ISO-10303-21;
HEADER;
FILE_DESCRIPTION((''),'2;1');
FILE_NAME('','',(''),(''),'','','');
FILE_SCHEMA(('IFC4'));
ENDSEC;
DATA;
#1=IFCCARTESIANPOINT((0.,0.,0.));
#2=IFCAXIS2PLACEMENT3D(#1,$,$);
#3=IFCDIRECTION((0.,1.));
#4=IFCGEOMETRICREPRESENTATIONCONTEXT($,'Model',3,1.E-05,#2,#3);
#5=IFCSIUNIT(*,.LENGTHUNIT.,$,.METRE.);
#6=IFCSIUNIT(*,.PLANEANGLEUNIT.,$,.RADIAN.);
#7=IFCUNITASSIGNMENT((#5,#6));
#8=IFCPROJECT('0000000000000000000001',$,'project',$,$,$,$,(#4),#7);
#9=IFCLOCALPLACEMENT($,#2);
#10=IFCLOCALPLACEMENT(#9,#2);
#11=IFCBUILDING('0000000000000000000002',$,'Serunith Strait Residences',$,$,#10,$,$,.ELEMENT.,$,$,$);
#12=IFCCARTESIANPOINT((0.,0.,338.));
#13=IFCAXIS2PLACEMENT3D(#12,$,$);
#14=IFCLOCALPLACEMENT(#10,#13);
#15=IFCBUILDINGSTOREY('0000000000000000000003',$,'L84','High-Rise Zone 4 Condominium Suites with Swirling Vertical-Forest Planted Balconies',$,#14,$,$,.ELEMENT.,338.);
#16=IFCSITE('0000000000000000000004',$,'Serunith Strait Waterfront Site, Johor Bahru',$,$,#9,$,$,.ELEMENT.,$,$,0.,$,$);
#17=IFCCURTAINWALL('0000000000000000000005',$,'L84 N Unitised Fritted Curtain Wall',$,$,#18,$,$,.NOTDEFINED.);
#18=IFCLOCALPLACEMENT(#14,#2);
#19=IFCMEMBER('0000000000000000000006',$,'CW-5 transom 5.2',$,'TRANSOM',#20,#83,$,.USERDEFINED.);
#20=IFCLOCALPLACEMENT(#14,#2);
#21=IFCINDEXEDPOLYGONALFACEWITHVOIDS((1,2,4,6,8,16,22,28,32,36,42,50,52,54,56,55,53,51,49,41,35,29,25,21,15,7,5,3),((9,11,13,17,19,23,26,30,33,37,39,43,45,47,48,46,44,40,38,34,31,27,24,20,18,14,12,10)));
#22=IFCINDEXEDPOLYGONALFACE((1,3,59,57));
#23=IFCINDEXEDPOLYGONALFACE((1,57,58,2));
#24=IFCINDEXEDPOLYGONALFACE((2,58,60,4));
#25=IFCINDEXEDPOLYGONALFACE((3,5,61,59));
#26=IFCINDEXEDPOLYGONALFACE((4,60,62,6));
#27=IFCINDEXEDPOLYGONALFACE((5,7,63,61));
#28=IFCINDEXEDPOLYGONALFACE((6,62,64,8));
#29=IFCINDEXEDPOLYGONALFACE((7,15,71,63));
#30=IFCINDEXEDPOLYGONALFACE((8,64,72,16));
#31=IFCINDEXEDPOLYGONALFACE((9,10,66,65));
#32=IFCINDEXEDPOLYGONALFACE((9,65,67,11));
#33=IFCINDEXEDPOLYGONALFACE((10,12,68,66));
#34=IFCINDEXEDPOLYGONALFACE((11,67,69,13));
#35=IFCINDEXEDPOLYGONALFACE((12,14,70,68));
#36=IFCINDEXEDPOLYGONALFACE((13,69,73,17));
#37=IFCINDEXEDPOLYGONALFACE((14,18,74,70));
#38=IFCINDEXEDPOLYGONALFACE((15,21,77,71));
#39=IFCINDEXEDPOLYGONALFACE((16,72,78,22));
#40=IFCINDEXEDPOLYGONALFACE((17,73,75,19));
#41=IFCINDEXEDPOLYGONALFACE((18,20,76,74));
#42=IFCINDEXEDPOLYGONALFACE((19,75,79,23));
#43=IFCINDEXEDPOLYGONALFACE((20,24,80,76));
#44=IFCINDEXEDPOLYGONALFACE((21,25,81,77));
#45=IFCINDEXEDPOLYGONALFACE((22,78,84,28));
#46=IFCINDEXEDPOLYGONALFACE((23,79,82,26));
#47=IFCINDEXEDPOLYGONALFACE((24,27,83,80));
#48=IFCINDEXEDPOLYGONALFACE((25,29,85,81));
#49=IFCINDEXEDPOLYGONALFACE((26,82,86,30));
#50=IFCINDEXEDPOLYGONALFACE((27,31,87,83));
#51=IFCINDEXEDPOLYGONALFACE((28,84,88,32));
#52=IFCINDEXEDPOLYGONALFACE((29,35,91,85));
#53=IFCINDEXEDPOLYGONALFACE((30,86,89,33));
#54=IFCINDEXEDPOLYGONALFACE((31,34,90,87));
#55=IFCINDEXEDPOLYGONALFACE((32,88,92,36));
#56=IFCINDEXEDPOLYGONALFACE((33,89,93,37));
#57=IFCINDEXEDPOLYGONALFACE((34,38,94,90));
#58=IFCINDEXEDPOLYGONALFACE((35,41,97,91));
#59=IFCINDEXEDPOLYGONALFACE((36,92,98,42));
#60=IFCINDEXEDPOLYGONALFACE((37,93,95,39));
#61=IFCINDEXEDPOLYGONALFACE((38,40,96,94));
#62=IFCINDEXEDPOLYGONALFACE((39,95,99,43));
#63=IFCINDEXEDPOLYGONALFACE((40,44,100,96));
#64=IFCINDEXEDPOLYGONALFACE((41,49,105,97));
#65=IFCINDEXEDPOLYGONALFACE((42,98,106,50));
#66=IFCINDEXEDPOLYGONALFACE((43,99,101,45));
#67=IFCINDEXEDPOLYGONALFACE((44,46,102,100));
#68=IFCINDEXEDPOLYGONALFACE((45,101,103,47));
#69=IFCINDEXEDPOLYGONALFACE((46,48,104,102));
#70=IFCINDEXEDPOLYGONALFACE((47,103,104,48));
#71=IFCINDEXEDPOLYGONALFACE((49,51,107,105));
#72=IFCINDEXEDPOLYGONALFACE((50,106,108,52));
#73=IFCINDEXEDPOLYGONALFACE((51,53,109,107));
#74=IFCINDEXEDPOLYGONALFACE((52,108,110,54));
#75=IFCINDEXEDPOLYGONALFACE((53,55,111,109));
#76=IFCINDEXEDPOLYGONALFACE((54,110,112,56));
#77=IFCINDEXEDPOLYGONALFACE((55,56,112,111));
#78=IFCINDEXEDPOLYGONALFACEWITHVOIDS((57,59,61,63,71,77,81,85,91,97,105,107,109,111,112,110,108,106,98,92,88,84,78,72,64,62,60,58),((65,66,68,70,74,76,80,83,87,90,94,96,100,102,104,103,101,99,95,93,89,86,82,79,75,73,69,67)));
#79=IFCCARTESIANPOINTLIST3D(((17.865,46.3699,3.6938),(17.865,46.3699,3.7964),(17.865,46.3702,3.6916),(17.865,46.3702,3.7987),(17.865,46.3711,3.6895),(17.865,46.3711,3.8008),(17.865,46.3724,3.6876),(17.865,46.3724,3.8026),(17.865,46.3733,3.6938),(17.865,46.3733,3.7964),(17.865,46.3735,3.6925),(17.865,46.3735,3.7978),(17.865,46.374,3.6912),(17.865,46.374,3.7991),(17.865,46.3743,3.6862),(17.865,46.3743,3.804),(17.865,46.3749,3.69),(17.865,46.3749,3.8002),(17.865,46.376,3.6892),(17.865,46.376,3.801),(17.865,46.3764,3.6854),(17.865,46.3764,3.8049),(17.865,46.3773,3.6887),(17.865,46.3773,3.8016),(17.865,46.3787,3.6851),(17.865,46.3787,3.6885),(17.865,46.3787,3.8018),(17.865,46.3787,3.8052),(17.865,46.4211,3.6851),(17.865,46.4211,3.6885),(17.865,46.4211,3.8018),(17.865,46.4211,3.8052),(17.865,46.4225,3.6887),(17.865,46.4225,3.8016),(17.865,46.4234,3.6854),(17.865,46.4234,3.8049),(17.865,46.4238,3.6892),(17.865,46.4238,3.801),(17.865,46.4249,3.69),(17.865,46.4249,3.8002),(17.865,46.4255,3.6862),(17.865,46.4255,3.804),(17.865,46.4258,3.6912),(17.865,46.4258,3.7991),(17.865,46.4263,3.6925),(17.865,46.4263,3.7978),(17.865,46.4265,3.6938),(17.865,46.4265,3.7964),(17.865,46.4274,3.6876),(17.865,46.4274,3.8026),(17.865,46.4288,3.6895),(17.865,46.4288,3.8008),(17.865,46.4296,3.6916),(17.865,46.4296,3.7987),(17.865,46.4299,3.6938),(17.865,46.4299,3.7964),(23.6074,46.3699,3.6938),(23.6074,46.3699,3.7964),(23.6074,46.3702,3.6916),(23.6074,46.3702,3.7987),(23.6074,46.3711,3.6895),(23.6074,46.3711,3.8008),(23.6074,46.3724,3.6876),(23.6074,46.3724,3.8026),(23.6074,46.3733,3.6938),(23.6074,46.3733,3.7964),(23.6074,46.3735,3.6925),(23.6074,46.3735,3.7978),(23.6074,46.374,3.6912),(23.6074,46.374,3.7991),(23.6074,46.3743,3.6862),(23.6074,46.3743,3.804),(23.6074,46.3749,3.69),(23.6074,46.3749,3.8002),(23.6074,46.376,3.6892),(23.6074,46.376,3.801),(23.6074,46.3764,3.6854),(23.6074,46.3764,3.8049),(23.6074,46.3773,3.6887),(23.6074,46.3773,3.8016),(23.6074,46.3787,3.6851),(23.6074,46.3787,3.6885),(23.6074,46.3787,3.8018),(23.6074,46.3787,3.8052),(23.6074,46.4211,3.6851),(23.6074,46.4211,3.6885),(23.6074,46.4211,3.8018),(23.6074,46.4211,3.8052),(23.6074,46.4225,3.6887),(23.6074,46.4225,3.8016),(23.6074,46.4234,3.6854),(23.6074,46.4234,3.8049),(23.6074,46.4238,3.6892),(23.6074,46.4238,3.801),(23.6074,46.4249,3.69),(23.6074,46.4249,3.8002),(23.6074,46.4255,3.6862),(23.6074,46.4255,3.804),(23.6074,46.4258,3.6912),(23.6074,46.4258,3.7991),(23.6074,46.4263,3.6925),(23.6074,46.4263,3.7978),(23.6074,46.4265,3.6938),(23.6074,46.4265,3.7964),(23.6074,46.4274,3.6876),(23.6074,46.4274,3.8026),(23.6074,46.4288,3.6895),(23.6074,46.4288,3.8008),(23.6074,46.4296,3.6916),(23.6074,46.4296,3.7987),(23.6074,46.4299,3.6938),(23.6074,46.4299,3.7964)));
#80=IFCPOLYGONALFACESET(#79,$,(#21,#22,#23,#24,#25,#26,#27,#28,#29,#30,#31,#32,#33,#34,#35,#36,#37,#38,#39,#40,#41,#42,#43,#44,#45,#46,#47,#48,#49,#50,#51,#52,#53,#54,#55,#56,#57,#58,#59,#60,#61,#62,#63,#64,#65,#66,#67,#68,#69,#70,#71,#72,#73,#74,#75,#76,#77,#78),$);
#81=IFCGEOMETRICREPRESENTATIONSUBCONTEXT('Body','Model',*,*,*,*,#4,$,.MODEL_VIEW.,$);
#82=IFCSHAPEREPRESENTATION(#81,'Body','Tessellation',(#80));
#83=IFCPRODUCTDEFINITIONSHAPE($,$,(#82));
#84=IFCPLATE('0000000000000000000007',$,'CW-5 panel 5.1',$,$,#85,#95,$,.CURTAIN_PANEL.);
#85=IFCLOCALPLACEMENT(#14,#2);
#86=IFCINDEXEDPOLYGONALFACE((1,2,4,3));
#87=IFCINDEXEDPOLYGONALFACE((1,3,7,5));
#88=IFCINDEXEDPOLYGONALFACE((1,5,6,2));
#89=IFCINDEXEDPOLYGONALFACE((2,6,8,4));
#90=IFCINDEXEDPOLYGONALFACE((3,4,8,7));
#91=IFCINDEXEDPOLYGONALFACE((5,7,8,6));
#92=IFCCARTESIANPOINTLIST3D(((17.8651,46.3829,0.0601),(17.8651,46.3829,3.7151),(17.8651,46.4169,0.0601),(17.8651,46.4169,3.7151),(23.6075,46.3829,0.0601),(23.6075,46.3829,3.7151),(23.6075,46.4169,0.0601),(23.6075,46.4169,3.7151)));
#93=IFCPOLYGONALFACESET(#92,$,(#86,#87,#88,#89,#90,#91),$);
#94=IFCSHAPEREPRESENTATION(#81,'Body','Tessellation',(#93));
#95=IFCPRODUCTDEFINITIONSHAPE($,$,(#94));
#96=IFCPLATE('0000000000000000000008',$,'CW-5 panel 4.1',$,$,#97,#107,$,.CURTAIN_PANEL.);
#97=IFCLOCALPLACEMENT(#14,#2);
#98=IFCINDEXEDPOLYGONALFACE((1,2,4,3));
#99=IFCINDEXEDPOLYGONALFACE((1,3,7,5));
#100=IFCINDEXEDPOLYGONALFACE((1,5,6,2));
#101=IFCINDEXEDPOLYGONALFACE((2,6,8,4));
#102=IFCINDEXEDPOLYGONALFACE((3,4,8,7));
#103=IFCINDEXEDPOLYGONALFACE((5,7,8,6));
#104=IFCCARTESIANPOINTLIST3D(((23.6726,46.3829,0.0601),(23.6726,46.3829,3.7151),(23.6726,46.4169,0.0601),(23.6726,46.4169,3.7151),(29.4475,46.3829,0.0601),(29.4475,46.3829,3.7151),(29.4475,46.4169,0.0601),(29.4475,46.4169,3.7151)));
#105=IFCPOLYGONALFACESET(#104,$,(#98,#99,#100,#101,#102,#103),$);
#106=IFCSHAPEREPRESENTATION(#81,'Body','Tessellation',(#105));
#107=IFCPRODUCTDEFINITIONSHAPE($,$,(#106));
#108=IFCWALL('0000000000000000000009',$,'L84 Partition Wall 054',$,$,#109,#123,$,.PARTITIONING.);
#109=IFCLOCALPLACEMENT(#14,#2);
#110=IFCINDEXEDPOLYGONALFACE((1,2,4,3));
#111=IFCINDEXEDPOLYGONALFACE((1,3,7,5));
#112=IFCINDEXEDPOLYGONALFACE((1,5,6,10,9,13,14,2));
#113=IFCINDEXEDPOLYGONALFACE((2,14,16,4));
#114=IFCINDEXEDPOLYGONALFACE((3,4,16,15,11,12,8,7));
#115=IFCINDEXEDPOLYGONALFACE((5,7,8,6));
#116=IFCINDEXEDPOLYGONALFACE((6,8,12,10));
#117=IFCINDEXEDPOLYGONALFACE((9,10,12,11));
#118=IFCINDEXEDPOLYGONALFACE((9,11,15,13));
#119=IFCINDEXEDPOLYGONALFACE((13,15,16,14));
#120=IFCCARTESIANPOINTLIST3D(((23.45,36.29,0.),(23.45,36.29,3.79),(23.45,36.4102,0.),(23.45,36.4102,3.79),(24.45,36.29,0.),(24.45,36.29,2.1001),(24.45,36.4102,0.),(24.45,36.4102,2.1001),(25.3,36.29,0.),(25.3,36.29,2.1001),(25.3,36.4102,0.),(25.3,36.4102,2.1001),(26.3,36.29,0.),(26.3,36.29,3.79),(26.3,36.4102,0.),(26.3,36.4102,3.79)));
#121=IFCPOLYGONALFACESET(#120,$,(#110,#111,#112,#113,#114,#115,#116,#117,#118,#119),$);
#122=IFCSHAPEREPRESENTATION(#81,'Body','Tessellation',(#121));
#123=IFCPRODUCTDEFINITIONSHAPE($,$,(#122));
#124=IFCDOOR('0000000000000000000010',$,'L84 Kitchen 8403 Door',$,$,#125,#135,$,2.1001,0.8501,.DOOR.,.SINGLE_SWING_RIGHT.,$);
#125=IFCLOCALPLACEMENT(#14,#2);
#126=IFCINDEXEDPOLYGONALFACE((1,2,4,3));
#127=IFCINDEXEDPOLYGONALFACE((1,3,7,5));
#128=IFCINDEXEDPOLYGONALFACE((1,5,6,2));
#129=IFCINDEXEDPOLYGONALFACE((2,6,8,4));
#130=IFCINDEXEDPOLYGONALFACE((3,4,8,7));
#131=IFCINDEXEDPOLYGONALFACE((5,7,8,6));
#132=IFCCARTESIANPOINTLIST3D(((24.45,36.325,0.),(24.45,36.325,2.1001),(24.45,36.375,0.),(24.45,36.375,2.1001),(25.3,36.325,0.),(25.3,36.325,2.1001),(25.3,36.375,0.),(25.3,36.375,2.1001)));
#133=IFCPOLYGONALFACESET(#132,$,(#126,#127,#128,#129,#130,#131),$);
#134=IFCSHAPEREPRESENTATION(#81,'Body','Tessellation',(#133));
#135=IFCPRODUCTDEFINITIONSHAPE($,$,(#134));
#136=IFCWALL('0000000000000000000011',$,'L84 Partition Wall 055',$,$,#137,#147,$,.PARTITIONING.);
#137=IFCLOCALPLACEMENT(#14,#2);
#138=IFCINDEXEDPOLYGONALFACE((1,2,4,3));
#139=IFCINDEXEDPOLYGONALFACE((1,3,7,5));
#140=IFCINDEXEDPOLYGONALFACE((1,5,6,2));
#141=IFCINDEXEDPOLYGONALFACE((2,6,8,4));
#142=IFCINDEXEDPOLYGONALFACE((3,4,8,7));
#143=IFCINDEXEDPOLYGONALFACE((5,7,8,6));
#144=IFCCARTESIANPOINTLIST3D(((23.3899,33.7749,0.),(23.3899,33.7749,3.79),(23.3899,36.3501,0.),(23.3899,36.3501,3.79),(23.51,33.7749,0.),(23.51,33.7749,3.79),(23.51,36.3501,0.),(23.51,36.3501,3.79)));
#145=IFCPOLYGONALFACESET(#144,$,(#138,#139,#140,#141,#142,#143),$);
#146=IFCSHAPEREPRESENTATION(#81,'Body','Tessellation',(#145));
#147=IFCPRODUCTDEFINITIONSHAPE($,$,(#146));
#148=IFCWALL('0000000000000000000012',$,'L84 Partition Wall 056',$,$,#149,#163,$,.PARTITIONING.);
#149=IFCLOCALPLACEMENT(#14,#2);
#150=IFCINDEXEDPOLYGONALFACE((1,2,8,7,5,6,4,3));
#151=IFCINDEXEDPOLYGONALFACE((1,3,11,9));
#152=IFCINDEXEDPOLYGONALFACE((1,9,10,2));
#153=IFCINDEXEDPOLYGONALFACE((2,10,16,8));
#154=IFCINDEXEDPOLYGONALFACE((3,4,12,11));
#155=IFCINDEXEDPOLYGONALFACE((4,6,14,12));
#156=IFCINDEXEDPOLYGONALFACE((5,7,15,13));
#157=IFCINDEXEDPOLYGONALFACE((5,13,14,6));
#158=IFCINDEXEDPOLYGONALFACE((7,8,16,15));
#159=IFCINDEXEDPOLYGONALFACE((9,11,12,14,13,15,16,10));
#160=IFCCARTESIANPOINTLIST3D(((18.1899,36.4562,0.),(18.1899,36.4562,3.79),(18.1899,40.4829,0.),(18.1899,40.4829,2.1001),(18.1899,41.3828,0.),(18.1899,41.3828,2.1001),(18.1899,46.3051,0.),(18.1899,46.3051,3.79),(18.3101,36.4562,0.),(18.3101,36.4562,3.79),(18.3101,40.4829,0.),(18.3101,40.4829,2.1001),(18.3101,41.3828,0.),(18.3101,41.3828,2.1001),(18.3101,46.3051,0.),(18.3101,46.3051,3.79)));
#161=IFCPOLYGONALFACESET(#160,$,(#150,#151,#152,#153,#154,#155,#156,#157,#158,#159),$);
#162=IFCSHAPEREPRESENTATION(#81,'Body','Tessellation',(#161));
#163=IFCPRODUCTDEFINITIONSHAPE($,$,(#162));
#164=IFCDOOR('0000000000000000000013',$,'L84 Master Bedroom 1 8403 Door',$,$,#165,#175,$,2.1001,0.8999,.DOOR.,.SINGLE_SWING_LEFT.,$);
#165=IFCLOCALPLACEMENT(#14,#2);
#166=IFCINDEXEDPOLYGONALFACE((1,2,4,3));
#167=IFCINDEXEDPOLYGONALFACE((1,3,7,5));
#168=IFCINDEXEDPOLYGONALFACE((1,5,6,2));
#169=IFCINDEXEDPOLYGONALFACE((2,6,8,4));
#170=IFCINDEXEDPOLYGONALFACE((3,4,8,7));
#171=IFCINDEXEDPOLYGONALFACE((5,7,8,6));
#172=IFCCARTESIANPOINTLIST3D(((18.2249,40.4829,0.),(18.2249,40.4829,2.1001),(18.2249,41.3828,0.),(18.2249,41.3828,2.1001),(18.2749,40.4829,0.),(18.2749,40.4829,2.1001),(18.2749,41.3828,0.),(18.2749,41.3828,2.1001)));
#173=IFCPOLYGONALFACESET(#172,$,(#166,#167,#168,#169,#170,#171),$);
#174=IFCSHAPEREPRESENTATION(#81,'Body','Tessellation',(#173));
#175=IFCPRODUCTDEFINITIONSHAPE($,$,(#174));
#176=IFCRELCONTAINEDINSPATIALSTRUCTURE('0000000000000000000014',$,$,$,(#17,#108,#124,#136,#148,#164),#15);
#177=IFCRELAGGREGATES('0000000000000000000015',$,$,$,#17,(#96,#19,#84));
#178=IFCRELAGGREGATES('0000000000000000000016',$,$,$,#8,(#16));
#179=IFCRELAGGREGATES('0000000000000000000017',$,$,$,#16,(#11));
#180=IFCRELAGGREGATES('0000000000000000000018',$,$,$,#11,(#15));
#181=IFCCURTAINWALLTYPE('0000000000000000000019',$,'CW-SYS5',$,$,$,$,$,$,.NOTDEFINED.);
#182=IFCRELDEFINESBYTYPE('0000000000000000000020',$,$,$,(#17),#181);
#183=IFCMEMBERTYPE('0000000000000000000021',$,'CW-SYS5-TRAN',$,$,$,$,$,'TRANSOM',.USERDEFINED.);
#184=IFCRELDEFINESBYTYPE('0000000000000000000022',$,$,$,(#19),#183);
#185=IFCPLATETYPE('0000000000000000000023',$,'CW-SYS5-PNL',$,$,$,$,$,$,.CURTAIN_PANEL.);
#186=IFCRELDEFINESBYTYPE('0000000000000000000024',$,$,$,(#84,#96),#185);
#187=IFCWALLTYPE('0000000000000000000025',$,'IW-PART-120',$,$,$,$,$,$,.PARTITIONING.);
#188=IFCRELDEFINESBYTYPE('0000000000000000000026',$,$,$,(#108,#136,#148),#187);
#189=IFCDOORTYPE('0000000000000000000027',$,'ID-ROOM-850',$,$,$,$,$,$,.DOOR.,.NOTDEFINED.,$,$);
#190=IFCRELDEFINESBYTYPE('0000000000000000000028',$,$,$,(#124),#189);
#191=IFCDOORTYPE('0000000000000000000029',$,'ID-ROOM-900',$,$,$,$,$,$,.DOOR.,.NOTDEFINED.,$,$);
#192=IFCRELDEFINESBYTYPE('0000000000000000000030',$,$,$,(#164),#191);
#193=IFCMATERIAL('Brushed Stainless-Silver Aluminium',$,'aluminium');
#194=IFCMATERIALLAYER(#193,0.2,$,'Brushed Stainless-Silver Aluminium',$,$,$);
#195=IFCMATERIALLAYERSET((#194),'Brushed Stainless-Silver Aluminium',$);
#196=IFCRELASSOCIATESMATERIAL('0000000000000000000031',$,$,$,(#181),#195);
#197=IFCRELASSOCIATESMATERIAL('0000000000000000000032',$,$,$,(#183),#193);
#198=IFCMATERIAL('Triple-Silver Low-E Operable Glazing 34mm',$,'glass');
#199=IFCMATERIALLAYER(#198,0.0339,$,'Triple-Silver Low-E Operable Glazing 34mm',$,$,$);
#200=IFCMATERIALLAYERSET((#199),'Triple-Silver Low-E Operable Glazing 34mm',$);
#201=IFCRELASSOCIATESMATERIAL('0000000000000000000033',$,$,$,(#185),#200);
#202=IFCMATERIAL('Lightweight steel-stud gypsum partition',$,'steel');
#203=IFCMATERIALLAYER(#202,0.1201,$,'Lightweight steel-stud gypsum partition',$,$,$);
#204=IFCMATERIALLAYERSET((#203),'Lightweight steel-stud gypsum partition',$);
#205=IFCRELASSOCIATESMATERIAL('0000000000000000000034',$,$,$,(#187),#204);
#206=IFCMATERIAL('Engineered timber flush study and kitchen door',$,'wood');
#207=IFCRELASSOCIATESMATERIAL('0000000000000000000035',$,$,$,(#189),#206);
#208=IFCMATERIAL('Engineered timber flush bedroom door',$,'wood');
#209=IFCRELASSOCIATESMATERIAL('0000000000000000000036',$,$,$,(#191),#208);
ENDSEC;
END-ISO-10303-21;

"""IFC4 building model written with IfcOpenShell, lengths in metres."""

from ifc_helpers import new_model, si_unit, direction, frame, frame_2d, origin, origin_2d, place, context, subcontext, project, spatial, rectangle, hollow_rectangle, extrude, source, transform, mapped, material, layer, layer_set, material_profile, profile_set, type_object, element, fill, aggregate, save


model = new_model("IFC4")

# Units and contexts
model_context = context("Model", 3, precision=1e-05, world=origin(), true_north=direction((0.0, 1.0)))
body_context = subcontext(model_context, "Body", "Model", "MODEL_VIEW")
ifc_project = project(units=[si_unit("LENGTHUNIT", "METRE"), si_unit("PLANEANGLEUNIT", "RADIAN")], contexts=[model_context])

# Site, building, storey
site_placement = place(None, origin())
site = spatial("IfcSite", under=ifc_project, at=site_placement, Name="Serunith Strait Waterfront Site, Johor Bahru", CompositionType="ELEMENT", RefElevation=0.0)
building_placement = place(site_placement, origin())
building = spatial("IfcBuilding", under=site, at=building_placement, Name="Serunith Strait Residences", CompositionType="ELEMENT")
storey_placement = place(building_placement, frame((0.0, 0.0, 338.0)))
storey = spatial("IfcBuildingStorey", under=building, at=storey_placement, Name="L84", Description="High-Rise Zone 4 Condominium Suites with Swirling Vertical-Forest Planted Balconies", CompositionType="ELEMENT", Elevation=338.0)

# Curtain wall, member, plates
ifc_material_1 = material(Name="Brushed Stainless-Silver Aluminium", Category="aluminium")
ifc_layer_1 = layer(ifc_material_1, 0.2, Name="Brushed Stainless-Silver Aluminium")
ifc_layer_set_1 = layer_set([ifc_layer_1], Name="Brushed Stainless-Silver Aluminium")
curtain_wall_type = type_object("IfcCurtainWallType", Name="CW-SYS5", PredefinedType="NOTDEFINED", material=ifc_layer_set_1)
curtain_wall_placement = place(storey_placement, origin())
curtain_wall = element("IfcCurtainWall", 1, at=curtain_wall_placement, inside=storey, type_object=curtain_wall_type, Name="L84 N Unitised Fritted Curtain Wall", PredefinedType="NOTDEFINED")
ifc_material_profile_1 = material_profile(ifc_material_1, hollow_rectangle(XDim=0.0601, YDim=0.1201, WallThickness=0.0034, InnerFilletRadius=0.0054, OuterFilletRadius=0.0088, at=origin_2d()), Name="ALU 120x60x3.5")
ifc_profile_set_1 = profile_set([ifc_material_profile_1], Name="Brushed Stainless-Silver Aluminium")
member_type_1 = type_object("IfcMemberType", Name="CW-SYS5-TRAN", ElementType="TRANSOM", PredefinedType="USERDEFINED", material=ifc_profile_set_1)
shared_shape_1 = source(origin(), body_context, "Body", "SweptSolid", [
    extrude(hollow_rectangle(XDim=0.0601, YDim=0.1201, WallThickness=0.0034, InnerFilletRadius=0.0054, OuterFilletRadius=0.0088, at=origin_2d()), origin(), (0.0, 0.0, 1.0), 5.7424),
])
member_1_placement = place(storey_placement, frame((23.6074, 46.3999, 3.7451), z_axis=(-1.0, 0.0, 0.0), x_axis=(0.0, -1.0, 0.0)))
member_1 = element("IfcMember", 2, at=member_1_placement, type_object=member_type_1, Name="CW-5 transom 5.2", ObjectType="TRANSOM", PredefinedType="USERDEFINED", context=body_context, shape_type="MappedRepresentation", body=[
    mapped(shared_shape_1, transform((0.0, 0.0, 0.0), scale=1.0)),
])
ifc_material_2 = material(Name="Triple-Silver Low-E Operable Glazing 34mm", Category="glass")
ifc_layer_2 = layer(ifc_material_2, 0.0339, Name="Triple-Silver Low-E Operable Glazing 34mm")
ifc_layer_set_2 = layer_set([ifc_layer_2], Name="Triple-Silver Low-E Operable Glazing 34mm")
plate_type = type_object("IfcPlateType", Name="CW-SYS5-PNL", PredefinedType="CURTAIN_PANEL", material=ifc_layer_set_2)
shared_shape_2 = source(origin(), body_context, "Body", "SweptSolid", [
    extrude(rectangle(XDim=5.7424, YDim=0.0339, at=origin_2d()), origin(), (0.0, 0.0, 1.0), 3.655),
])
plate_1_placement = place(storey_placement, frame((20.7363, 46.3999, 0.0601), z_axis=(0.0, 0.0, 1.0), x_axis=(-1.0, 0.0, 0.0)))
plate_1 = element("IfcPlate", 3, at=plate_1_placement, type_object=plate_type, Name="CW-5 panel 5.1", PredefinedType="CURTAIN_PANEL", context=body_context, shape_type="MappedRepresentation", body=[
    mapped(shared_shape_2, transform((0.0, 0.0, 0.0), scale=1.0)),
])
shared_shape_3 = source(origin(), body_context, "Body", "SweptSolid", [
    extrude(rectangle(XDim=5.7749, YDim=0.0339, at=origin_2d()), origin(), (0.0, 0.0, 1.0), 3.655),
])
plate_2_placement = place(storey_placement, frame((26.5601, 46.3999, 0.0601), z_axis=(0.0, 0.0, 1.0), x_axis=(-1.0, 0.0, 0.0)))
plate_2 = element("IfcPlate", 4, at=plate_2_placement, type_object=plate_type, Name="CW-5 panel 4.1", PredefinedType="CURTAIN_PANEL", context=body_context, shape_type="MappedRepresentation", body=[
    mapped(shared_shape_3, transform((0.0, 0.0, 0.0), scale=1.0)),
])
aggregate(curtain_wall, [plate_2, member_1, plate_1])

# Wall, opening, door
ifc_material_3 = material(Name="Lightweight steel-stud gypsum partition", Category="steel")
ifc_layer_3 = layer(ifc_material_3, 0.1201, Name="Lightweight steel-stud gypsum partition")
ifc_layer_set_3 = layer_set([ifc_layer_3], Name="Lightweight steel-stud gypsum partition")
wall_type = type_object("IfcWallType", Name="IW-PART-120", PredefinedType="PARTITIONING", material=ifc_layer_set_3)
wall_1_placement = place(storey_placement, frame((23.45, 36.3501, 0.0), z_axis=(0.0, 0.0, 1.0), x_axis=(1.0, 0.0, 0.0)))
wall_1 = element("IfcWall", 5, at=wall_1_placement, inside=storey, type_object=wall_type, Name="L84 Partition Wall 054", PredefinedType="PARTITIONING", context=body_context, shape_type="SweptSolid", body=[
    extrude(rectangle(XDim=2.8501, YDim=0.1201, at=frame_2d((1.425, 0.0))), origin(), (0.0, 0.0, 1.0), 3.79),
])
opening_1_placement = place(wall_1_placement, frame((1.0, 0.0, 0.0)))
opening_1 = element("IfcOpeningElement", 6, at=opening_1_placement, cuts=wall_1, PredefinedType="OPENING", context=body_context, shape_type="SweptSolid", body=[
    extrude(rectangle(XDim=0.8501, YDim=2.1001, at=frame_2d((0.425, 1.05))), frame((0.0, 0.0701, 0.0), z_axis=(0.0, -1.0, 0.0), x_axis=(1.0, 0.0, 0.0)), (0.0, 0.0, 1.0), 0.1401),
])
ifc_material_4 = material(Name="Engineered timber flush study and kitchen door", Category="wood")
door_type_1 = type_object("IfcDoorType", Name="ID-ROOM-850", OperationType="NOTDEFINED", PredefinedType="DOOR", material=ifc_material_4)
shared_shape_4 = source(origin(), body_context, "Body", "SweptSolid", [
    extrude(rectangle(XDim=0.8501, YDim=2.1001, at=frame_2d((0.425, 1.05))), frame((0.0, 0.0249, 0.0), z_axis=(0.0, -1.0, 0.0), x_axis=(1.0, 0.0, 0.0)), (0.0, 0.0, 1.0), 0.05),
])
door_1_placement = place(opening_1_placement, origin())
door_1 = element("IfcDoor", 7, at=door_1_placement, inside=storey, type_object=door_type_1, Name="L84 Kitchen 8403 Door", OperationType="SINGLE_SWING_RIGHT", OverallHeight=2.1001, OverallWidth=0.8501, PredefinedType="DOOR", context=body_context, shape_type="MappedRepresentation", body=[
    mapped(shared_shape_4, transform((0.0, 0.0, 0.0), scale=1.0)),
])
fill(opening_1, door_1)

# Wall
wall_2_placement = place(storey_placement, frame((23.45, 36.3501, 0.0), z_axis=(0.0, 0.0, 1.0), x_axis=(0.0, -1.0, 0.0)))
element("IfcWall", 8, at=wall_2_placement, inside=storey, type_object=wall_type, Name="L84 Partition Wall 055", PredefinedType="PARTITIONING", context=body_context, shape_type="SweptSolid", body=[
    extrude(rectangle(XDim=2.5752, YDim=0.1201, at=frame_2d((1.2876, 0.0))), origin(), (0.0, 0.0, 1.0), 3.79),
])

# Wall, opening, door
wall_3_placement = place(storey_placement, frame((18.25, 46.3049, 0.0), z_axis=(0.0, 0.0, 1.0), x_axis=(0.0, -1.0, 0.0)))
wall_3 = element("IfcWall", 9, at=wall_3_placement, inside=storey, type_object=wall_type, Name="L84 Partition Wall 056", PredefinedType="PARTITIONING", context=body_context, shape_type="SweptSolid", body=[
    extrude(rectangle(XDim=9.8489, YDim=0.1201, at=frame_2d((4.9243, 0.0))), origin(), (0.0, 0.0, 1.0), 3.79),
])
opening_2_placement = place(wall_3_placement, frame((4.9221, 0.0, 0.0)))
opening_2 = element("IfcOpeningElement", 10, at=opening_2_placement, cuts=wall_3, PredefinedType="OPENING", context=body_context, shape_type="SweptSolid", body=[
    extrude(rectangle(XDim=0.8999, YDim=2.1001, at=frame_2d((0.45, 1.05))), frame((0.0, 0.0701, 0.0), z_axis=(0.0, -1.0, 0.0), x_axis=(1.0, 0.0, 0.0)), (0.0, 0.0, 1.0), 0.1401),
])
ifc_material_5 = material(Name="Engineered timber flush bedroom door", Category="wood")
door_type_2 = type_object("IfcDoorType", Name="ID-ROOM-900", OperationType="NOTDEFINED", PredefinedType="DOOR", material=ifc_material_5)
shared_shape_5 = source(origin(), body_context, "Body", "SweptSolid", [
    extrude(rectangle(XDim=0.8999, YDim=2.1001, at=frame_2d((0.45, 1.05))), frame((0.0, 0.0249, 0.0), z_axis=(0.0, -1.0, 0.0), x_axis=(1.0, 0.0, 0.0)), (0.0, 0.0, 1.0), 0.05),
])
door_2_placement = place(opening_2_placement, origin())
door_2 = element("IfcDoor", 11, at=door_2_placement, inside=storey, type_object=door_type_2, Name="L84 Master Bedroom 1 8403 Door", OperationType="SINGLE_SWING_LEFT", OverallHeight=2.1001, OverallWidth=0.8999, PredefinedType="DOOR", context=body_context, shape_type="MappedRepresentation", body=[
    mapped(shared_shape_5, transform((0.0, 0.0, 0.0), scale=1.0)),
])
fill(opening_2, door_2)

save(model, "model.ifc")
